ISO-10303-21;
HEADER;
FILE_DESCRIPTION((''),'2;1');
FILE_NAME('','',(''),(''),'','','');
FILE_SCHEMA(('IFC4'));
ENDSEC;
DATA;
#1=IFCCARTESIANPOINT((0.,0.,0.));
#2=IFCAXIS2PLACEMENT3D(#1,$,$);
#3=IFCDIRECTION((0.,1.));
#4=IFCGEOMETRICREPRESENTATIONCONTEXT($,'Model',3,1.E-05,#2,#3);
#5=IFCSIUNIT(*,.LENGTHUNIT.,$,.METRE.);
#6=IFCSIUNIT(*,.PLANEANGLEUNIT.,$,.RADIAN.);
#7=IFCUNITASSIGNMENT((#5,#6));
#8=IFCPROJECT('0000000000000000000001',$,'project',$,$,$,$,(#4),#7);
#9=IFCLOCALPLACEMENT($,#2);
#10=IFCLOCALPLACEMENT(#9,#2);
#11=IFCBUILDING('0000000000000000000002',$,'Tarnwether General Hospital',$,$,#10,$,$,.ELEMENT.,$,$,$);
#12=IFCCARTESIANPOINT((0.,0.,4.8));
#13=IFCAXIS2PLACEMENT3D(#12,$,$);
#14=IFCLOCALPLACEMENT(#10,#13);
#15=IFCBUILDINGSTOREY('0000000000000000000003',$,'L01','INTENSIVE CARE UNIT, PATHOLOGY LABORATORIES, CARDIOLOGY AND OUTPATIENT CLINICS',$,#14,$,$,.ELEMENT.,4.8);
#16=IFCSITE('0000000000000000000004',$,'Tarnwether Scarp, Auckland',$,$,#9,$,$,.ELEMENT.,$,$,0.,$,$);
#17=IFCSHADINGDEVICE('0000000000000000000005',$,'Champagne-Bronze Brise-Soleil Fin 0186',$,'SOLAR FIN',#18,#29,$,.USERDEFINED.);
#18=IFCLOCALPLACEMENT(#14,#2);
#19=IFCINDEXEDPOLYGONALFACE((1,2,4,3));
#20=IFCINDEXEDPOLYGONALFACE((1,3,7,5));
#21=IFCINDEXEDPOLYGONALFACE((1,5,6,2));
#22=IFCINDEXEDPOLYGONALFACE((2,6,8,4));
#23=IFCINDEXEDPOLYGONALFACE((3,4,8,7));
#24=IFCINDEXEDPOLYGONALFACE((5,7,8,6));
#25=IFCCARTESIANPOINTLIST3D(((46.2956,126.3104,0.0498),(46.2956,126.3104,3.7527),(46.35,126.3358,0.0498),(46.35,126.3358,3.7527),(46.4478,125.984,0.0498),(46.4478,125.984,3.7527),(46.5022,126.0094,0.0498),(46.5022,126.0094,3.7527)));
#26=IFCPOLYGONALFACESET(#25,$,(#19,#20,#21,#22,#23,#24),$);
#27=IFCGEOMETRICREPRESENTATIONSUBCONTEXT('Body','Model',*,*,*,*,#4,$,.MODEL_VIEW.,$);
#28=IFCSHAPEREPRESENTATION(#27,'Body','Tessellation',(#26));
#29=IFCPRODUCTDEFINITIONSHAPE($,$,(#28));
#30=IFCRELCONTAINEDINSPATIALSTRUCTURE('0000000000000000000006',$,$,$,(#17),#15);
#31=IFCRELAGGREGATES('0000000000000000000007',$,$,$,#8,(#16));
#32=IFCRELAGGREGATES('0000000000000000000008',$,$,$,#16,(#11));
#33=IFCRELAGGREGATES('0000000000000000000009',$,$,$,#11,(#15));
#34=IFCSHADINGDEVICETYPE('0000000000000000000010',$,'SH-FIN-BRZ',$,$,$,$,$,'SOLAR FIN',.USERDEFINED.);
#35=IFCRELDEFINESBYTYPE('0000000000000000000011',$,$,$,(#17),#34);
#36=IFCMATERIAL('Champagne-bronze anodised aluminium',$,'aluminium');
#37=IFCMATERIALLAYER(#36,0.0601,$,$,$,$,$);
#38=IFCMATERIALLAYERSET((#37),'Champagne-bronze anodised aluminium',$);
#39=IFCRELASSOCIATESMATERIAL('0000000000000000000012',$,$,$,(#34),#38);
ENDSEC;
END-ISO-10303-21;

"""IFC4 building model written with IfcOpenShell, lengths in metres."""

from ifc_helpers import new_model, si_unit, direction, frame, origin, origin_2d, place, context, subcontext, project, spatial, rectangle, extrude, material, layer, layer_set, type_object, element, save


model = new_model("IFC4")

# Units and contexts
model_context = context("Model", 3, precision=1e-05, world=origin(), true_north=direction((0.0, 1.0)))
body_context = subcontext(model_context, "Body", "Model", "MODEL_VIEW")
ifc_project = project(units=[si_unit("LENGTHUNIT", "METRE"), si_unit("PLANEANGLEUNIT", "RADIAN")], contexts=[model_context])

# Site, building, storey
site_placement = place(None, origin())
site = spatial("IfcSite", under=ifc_project, at=site_placement, Name="Tarnwether Scarp, Auckland", CompositionType="ELEMENT", RefElevation=0.0)
building_placement = place(site_placement, origin())
building = spatial("IfcBuilding", under=site, at=building_placement, Name="Tarnwether General Hospital", CompositionType="ELEMENT")
storey_placement = place(building_placement, frame((0.0, 0.0, 4.8)))
storey = spatial("IfcBuildingStorey", under=building, at=storey_placement, Name="L01", Description="INTENSIVE CARE UNIT, PATHOLOGY LABORATORIES, CARDIOLOGY AND OUTPATIENT CLINICS", CompositionType="ELEMENT", Elevation=4.8)

# Shading device
ifc_material_1 = material(Name="Champagne-bronze anodised aluminium", Category="aluminium")
ifc_layer_1 = layer(ifc_material_1, 0.0601)
ifc_layer_set_1 = layer_set([ifc_layer_1], Name="Champagne-bronze anodised aluminium")
shading_device_type = type_object("IfcShadingDeviceType", Name="SH-FIN-BRZ", ElementType="SOLAR FIN", PredefinedType="USERDEFINED", material=ifc_layer_set_1)
for number, where, z_axis, x_axis, name in (
    (1, (46.3989, 126.1599, 0.0498), (0.0, 0.0, 1.0), (0.906308, 0.422618, 0.0), "Champagne-Bronze Brise-Soleil Fin 0186"),
):
    element("IfcShadingDevice", number, at=place(storey_placement, frame(where, z_axis=z_axis, x_axis=x_axis)), inside=storey, type_object=shading_device_type, Name=name, ObjectType="SOLAR FIN", PredefinedType="USERDEFINED", context=body_context, shape_type="SweptSolid", body=[
        extrude(rectangle(XDim=0.0601, YDim=0.3601, at=origin_2d()), origin(), (0.0, 0.0, 1.0), 3.7029),
    ])

save(model, "model.ifc")
